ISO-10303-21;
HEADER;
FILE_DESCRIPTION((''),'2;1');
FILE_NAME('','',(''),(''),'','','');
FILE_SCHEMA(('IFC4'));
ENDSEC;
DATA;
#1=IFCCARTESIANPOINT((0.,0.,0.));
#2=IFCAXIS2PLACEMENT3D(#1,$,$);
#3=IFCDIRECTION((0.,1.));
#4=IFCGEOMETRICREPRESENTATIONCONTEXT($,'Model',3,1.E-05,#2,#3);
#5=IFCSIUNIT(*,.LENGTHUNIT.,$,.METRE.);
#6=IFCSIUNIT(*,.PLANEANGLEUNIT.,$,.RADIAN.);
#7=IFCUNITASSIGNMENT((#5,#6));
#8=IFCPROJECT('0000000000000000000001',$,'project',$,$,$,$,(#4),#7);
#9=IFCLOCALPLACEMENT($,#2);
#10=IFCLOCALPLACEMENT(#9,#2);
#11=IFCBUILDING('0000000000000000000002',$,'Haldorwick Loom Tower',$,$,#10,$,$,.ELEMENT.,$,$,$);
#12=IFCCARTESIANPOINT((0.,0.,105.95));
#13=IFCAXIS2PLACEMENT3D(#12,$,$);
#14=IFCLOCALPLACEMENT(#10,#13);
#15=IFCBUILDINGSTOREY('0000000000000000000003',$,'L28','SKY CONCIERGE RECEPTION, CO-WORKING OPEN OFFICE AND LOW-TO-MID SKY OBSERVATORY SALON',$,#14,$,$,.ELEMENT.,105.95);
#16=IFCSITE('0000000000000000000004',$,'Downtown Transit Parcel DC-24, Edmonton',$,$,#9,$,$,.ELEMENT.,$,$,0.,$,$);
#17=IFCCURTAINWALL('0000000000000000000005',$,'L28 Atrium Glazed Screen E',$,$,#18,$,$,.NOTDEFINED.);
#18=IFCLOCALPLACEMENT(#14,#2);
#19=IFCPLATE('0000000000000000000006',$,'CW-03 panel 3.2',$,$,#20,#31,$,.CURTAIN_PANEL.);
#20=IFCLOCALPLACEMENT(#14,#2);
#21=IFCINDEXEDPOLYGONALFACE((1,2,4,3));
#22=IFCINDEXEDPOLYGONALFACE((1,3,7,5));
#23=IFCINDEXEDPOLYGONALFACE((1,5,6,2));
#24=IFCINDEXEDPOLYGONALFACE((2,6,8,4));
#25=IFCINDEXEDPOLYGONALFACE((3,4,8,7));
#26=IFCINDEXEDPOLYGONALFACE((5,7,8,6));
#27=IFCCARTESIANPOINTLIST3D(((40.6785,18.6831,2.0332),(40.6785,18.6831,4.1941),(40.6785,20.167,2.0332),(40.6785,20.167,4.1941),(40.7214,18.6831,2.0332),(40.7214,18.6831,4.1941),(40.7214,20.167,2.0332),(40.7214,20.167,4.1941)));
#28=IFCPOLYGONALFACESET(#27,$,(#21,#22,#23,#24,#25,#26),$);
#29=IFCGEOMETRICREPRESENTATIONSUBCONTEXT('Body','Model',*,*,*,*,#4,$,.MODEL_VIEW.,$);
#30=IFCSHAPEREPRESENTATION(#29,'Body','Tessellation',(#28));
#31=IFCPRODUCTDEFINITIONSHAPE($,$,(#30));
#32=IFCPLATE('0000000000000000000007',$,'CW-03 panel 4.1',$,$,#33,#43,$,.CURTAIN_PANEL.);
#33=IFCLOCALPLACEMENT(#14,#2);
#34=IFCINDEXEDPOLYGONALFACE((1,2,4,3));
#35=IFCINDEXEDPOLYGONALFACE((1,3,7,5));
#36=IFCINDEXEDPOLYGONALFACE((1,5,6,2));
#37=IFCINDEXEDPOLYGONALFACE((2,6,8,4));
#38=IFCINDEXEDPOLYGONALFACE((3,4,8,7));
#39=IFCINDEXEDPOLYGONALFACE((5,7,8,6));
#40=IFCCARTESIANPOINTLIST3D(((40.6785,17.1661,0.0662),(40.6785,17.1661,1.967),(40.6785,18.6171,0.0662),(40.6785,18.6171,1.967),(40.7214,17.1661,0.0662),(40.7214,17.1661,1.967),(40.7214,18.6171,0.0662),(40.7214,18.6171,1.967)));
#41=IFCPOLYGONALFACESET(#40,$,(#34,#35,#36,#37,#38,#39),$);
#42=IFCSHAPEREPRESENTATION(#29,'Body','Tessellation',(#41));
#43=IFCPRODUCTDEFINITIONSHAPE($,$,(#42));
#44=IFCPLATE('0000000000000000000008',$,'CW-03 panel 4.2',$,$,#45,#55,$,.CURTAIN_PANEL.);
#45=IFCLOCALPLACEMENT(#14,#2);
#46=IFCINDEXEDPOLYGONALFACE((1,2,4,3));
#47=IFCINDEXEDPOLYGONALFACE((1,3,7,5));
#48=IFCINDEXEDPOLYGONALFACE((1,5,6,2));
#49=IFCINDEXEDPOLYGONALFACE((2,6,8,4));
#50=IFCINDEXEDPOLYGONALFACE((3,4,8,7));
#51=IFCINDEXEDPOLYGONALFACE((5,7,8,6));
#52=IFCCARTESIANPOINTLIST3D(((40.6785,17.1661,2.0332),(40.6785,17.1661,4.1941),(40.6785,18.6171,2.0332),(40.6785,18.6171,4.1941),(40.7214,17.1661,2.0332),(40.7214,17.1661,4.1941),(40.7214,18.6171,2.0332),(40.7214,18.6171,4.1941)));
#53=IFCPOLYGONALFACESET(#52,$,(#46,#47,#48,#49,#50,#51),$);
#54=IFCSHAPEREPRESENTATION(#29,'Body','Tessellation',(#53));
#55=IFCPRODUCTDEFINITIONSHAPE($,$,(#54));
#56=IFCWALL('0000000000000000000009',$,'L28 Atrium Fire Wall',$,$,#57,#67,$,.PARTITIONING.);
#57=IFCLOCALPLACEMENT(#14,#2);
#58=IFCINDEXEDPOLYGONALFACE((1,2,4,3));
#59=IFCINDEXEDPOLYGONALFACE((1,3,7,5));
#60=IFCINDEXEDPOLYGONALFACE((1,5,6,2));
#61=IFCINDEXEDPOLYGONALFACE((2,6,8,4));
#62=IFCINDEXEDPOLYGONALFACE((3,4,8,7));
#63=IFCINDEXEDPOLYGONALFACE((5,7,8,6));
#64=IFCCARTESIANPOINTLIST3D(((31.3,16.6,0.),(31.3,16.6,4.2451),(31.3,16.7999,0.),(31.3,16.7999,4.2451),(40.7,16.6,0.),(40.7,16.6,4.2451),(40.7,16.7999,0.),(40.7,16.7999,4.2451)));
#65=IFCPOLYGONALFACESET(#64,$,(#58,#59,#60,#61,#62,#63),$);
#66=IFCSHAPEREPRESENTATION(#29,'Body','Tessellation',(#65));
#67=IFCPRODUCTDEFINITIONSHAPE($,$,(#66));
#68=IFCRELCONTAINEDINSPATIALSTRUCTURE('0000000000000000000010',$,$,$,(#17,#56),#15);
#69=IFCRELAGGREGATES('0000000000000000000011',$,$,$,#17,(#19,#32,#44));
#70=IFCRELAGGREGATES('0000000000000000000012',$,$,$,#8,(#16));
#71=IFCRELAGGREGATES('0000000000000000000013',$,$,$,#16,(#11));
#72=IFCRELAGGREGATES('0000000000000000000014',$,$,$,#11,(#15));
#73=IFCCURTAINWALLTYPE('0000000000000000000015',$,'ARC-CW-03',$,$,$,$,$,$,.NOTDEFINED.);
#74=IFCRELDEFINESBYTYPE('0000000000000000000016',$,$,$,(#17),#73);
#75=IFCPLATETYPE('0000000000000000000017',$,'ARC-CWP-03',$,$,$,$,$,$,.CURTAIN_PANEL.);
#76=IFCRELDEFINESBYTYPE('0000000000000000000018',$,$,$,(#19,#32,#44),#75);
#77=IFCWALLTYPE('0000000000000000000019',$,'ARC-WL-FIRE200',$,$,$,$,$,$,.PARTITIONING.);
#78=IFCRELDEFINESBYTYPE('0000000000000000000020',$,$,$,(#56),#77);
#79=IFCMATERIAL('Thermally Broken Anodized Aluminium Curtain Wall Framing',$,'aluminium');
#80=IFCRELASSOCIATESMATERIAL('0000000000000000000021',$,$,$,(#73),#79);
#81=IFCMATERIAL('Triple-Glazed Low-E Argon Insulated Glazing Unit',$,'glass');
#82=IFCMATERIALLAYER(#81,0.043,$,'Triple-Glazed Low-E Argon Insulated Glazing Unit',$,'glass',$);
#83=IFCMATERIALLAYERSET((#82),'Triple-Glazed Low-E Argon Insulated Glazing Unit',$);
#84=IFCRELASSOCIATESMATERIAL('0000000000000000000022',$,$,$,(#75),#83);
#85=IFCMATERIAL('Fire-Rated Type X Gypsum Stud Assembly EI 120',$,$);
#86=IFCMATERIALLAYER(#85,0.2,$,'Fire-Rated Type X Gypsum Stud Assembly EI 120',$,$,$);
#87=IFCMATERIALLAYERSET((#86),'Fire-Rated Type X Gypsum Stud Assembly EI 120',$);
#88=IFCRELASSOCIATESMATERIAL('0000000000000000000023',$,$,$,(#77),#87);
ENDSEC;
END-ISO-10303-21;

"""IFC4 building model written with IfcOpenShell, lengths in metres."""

from ifc_helpers import new_model, si_unit, direction, frame, frame_2d, origin, origin_2d, place, context, subcontext, project, spatial, rectangle, extrude, material, layer, layer_set, type_object, element, aggregate, save


model = new_model("IFC4")

# Units and contexts
model_context = context("Model", 3, precision=1e-05, world=origin(), true_north=direction((0.0, 1.0)))
body_context = subcontext(model_context, "Body", "Model", "MODEL_VIEW")
ifc_project = project(units=[si_unit("LENGTHUNIT", "METRE"), si_unit("PLANEANGLEUNIT", "RADIAN")], contexts=[model_context])

# Site, building, storey
site_placement = place(None, origin())
site = spatial("IfcSite", under=ifc_project, at=site_placement, Name="Downtown Transit Parcel DC-24, Edmonton", CompositionType="ELEMENT", RefElevation=0.0)
building_placement = place(site_placement, origin())
building = spatial("IfcBuilding", under=site, at=building_placement, Name="Haldorwick Loom Tower", CompositionType="ELEMENT")
storey_placement = place(building_placement, frame((0.0, 0.0, 105.95)))
storey = spatial("IfcBuildingStorey", under=building, at=storey_placement, Name="L28", Description="SKY CONCIERGE RECEPTION, CO-WORKING OPEN OFFICE AND LOW-TO-MID SKY OBSERVATORY SALON", CompositionType="ELEMENT", Elevation=105.95)

# Curtain wall
ifc_material_1 = material(Name="Thermally Broken Anodized Aluminium Curtain Wall Framing", Category="aluminium")
curtain_wall_type = type_object("IfcCurtainWallType", Name="ARC-CW-03", PredefinedType="NOTDEFINED", material=ifc_material_1)
curtain_wall_1_placement = place(storey_placement, origin())
curtain_wall_1 = element("IfcCurtainWall", 1, at=curtain_wall_1_placement, inside=storey, type_object=curtain_wall_type, Name="L28 Atrium Glazed Screen E", PredefinedType="NOTDEFINED")

# Plates
ifc_material_2 = material(Name="Triple-Glazed Low-E Argon Insulated Glazing Unit", Category="glass")
ifc_layer_1 = layer(ifc_material_2, 0.043, Name="Triple-Glazed Low-E Argon Insulated Glazing Unit", Category="glass")
ifc_layer_set_1 = layer_set([ifc_layer_1], Name="Triple-Glazed Low-E Argon Insulated Glazing Unit")
plate_type = type_object("IfcPlateType", Name="ARC-CWP-03", PredefinedType="CURTAIN_PANEL", material=ifc_layer_set_1)
plate_1_placement = place(storey_placement, frame((40.7, 19.425, 2.0332), z_axis=(0.0, 0.0, 1.0), x_axis=(0.0, -1.0, 0.0)))
plate_1 = element("IfcPlate", 2, at=plate_1_placement, type_object=plate_type, Name="CW-03 panel 3.2", PredefinedType="CURTAIN_PANEL", context=body_context, shape_type="SweptSolid", body=[
    extrude(rectangle(XDim=1.4839, YDim=0.043, at=origin_2d()), origin(), (0.0, 0.0, 1.0), 2.1609),
])
plate_2_placement = place(storey_placement, frame((40.7, 17.8916, 0.0662), z_axis=(0.0, 0.0, 1.0), x_axis=(0.0, -1.0, 0.0)))
plate_2 = element("IfcPlate", 3, at=plate_2_placement, type_object=plate_type, Name="CW-03 panel 4.1", PredefinedType="CURTAIN_PANEL", context=body_context, shape_type="SweptSolid", body=[
    extrude(rectangle(XDim=1.4509, YDim=0.043, at=origin_2d()), origin(), (0.0, 0.0, 1.0), 1.9009),
])
plate_3_placement = place(storey_placement, frame((40.7, 17.8916, 2.0332), z_axis=(0.0, 0.0, 1.0), x_axis=(0.0, -1.0, 0.0)))
plate_3 = element("IfcPlate", 4, at=plate_3_placement, type_object=plate_type, Name="CW-03 panel 4.2", PredefinedType="CURTAIN_PANEL", context=body_context, shape_type="SweptSolid", body=[
    extrude(rectangle(XDim=1.4509, YDim=0.043, at=origin_2d()), origin(), (0.0, 0.0, 1.0), 2.1609),
])
aggregate(curtain_wall_1, [plate_1, plate_2, plate_3])

# Wall
ifc_material_3 = material(Name="Fire-Rated Type X Gypsum Stud Assembly EI 120")
ifc_layer_2 = layer(ifc_material_3, 0.2, Name="Fire-Rated Type X Gypsum Stud Assembly EI 120")
ifc_layer_set_2 = layer_set([ifc_layer_2], Name="Fire-Rated Type X Gypsum Stud Assembly EI 120")
wall_type = type_object("IfcWallType", Name="ARC-WL-FIRE200", PredefinedType="PARTITIONING", material=ifc_layer_set_2)
wall_placement = place(storey_placement, frame((40.7, 16.7, 0.0), z_axis=(0.0, 0.0, 1.0), x_axis=(-1.0, 0.0, 0.0)))
element("IfcWall", 5, at=wall_placement, inside=storey, type_object=wall_type, Name="L28 Atrium Fire Wall", PredefinedType="PARTITIONING", context=body_context, shape_type="SweptSolid", body=[
    extrude(rectangle(XDim=9.3999, YDim=0.2, at=frame_2d((4.7, 0.0))), origin(), (0.0, 0.0, 1.0), 4.2451),
])

save(model, "model.ifc")
